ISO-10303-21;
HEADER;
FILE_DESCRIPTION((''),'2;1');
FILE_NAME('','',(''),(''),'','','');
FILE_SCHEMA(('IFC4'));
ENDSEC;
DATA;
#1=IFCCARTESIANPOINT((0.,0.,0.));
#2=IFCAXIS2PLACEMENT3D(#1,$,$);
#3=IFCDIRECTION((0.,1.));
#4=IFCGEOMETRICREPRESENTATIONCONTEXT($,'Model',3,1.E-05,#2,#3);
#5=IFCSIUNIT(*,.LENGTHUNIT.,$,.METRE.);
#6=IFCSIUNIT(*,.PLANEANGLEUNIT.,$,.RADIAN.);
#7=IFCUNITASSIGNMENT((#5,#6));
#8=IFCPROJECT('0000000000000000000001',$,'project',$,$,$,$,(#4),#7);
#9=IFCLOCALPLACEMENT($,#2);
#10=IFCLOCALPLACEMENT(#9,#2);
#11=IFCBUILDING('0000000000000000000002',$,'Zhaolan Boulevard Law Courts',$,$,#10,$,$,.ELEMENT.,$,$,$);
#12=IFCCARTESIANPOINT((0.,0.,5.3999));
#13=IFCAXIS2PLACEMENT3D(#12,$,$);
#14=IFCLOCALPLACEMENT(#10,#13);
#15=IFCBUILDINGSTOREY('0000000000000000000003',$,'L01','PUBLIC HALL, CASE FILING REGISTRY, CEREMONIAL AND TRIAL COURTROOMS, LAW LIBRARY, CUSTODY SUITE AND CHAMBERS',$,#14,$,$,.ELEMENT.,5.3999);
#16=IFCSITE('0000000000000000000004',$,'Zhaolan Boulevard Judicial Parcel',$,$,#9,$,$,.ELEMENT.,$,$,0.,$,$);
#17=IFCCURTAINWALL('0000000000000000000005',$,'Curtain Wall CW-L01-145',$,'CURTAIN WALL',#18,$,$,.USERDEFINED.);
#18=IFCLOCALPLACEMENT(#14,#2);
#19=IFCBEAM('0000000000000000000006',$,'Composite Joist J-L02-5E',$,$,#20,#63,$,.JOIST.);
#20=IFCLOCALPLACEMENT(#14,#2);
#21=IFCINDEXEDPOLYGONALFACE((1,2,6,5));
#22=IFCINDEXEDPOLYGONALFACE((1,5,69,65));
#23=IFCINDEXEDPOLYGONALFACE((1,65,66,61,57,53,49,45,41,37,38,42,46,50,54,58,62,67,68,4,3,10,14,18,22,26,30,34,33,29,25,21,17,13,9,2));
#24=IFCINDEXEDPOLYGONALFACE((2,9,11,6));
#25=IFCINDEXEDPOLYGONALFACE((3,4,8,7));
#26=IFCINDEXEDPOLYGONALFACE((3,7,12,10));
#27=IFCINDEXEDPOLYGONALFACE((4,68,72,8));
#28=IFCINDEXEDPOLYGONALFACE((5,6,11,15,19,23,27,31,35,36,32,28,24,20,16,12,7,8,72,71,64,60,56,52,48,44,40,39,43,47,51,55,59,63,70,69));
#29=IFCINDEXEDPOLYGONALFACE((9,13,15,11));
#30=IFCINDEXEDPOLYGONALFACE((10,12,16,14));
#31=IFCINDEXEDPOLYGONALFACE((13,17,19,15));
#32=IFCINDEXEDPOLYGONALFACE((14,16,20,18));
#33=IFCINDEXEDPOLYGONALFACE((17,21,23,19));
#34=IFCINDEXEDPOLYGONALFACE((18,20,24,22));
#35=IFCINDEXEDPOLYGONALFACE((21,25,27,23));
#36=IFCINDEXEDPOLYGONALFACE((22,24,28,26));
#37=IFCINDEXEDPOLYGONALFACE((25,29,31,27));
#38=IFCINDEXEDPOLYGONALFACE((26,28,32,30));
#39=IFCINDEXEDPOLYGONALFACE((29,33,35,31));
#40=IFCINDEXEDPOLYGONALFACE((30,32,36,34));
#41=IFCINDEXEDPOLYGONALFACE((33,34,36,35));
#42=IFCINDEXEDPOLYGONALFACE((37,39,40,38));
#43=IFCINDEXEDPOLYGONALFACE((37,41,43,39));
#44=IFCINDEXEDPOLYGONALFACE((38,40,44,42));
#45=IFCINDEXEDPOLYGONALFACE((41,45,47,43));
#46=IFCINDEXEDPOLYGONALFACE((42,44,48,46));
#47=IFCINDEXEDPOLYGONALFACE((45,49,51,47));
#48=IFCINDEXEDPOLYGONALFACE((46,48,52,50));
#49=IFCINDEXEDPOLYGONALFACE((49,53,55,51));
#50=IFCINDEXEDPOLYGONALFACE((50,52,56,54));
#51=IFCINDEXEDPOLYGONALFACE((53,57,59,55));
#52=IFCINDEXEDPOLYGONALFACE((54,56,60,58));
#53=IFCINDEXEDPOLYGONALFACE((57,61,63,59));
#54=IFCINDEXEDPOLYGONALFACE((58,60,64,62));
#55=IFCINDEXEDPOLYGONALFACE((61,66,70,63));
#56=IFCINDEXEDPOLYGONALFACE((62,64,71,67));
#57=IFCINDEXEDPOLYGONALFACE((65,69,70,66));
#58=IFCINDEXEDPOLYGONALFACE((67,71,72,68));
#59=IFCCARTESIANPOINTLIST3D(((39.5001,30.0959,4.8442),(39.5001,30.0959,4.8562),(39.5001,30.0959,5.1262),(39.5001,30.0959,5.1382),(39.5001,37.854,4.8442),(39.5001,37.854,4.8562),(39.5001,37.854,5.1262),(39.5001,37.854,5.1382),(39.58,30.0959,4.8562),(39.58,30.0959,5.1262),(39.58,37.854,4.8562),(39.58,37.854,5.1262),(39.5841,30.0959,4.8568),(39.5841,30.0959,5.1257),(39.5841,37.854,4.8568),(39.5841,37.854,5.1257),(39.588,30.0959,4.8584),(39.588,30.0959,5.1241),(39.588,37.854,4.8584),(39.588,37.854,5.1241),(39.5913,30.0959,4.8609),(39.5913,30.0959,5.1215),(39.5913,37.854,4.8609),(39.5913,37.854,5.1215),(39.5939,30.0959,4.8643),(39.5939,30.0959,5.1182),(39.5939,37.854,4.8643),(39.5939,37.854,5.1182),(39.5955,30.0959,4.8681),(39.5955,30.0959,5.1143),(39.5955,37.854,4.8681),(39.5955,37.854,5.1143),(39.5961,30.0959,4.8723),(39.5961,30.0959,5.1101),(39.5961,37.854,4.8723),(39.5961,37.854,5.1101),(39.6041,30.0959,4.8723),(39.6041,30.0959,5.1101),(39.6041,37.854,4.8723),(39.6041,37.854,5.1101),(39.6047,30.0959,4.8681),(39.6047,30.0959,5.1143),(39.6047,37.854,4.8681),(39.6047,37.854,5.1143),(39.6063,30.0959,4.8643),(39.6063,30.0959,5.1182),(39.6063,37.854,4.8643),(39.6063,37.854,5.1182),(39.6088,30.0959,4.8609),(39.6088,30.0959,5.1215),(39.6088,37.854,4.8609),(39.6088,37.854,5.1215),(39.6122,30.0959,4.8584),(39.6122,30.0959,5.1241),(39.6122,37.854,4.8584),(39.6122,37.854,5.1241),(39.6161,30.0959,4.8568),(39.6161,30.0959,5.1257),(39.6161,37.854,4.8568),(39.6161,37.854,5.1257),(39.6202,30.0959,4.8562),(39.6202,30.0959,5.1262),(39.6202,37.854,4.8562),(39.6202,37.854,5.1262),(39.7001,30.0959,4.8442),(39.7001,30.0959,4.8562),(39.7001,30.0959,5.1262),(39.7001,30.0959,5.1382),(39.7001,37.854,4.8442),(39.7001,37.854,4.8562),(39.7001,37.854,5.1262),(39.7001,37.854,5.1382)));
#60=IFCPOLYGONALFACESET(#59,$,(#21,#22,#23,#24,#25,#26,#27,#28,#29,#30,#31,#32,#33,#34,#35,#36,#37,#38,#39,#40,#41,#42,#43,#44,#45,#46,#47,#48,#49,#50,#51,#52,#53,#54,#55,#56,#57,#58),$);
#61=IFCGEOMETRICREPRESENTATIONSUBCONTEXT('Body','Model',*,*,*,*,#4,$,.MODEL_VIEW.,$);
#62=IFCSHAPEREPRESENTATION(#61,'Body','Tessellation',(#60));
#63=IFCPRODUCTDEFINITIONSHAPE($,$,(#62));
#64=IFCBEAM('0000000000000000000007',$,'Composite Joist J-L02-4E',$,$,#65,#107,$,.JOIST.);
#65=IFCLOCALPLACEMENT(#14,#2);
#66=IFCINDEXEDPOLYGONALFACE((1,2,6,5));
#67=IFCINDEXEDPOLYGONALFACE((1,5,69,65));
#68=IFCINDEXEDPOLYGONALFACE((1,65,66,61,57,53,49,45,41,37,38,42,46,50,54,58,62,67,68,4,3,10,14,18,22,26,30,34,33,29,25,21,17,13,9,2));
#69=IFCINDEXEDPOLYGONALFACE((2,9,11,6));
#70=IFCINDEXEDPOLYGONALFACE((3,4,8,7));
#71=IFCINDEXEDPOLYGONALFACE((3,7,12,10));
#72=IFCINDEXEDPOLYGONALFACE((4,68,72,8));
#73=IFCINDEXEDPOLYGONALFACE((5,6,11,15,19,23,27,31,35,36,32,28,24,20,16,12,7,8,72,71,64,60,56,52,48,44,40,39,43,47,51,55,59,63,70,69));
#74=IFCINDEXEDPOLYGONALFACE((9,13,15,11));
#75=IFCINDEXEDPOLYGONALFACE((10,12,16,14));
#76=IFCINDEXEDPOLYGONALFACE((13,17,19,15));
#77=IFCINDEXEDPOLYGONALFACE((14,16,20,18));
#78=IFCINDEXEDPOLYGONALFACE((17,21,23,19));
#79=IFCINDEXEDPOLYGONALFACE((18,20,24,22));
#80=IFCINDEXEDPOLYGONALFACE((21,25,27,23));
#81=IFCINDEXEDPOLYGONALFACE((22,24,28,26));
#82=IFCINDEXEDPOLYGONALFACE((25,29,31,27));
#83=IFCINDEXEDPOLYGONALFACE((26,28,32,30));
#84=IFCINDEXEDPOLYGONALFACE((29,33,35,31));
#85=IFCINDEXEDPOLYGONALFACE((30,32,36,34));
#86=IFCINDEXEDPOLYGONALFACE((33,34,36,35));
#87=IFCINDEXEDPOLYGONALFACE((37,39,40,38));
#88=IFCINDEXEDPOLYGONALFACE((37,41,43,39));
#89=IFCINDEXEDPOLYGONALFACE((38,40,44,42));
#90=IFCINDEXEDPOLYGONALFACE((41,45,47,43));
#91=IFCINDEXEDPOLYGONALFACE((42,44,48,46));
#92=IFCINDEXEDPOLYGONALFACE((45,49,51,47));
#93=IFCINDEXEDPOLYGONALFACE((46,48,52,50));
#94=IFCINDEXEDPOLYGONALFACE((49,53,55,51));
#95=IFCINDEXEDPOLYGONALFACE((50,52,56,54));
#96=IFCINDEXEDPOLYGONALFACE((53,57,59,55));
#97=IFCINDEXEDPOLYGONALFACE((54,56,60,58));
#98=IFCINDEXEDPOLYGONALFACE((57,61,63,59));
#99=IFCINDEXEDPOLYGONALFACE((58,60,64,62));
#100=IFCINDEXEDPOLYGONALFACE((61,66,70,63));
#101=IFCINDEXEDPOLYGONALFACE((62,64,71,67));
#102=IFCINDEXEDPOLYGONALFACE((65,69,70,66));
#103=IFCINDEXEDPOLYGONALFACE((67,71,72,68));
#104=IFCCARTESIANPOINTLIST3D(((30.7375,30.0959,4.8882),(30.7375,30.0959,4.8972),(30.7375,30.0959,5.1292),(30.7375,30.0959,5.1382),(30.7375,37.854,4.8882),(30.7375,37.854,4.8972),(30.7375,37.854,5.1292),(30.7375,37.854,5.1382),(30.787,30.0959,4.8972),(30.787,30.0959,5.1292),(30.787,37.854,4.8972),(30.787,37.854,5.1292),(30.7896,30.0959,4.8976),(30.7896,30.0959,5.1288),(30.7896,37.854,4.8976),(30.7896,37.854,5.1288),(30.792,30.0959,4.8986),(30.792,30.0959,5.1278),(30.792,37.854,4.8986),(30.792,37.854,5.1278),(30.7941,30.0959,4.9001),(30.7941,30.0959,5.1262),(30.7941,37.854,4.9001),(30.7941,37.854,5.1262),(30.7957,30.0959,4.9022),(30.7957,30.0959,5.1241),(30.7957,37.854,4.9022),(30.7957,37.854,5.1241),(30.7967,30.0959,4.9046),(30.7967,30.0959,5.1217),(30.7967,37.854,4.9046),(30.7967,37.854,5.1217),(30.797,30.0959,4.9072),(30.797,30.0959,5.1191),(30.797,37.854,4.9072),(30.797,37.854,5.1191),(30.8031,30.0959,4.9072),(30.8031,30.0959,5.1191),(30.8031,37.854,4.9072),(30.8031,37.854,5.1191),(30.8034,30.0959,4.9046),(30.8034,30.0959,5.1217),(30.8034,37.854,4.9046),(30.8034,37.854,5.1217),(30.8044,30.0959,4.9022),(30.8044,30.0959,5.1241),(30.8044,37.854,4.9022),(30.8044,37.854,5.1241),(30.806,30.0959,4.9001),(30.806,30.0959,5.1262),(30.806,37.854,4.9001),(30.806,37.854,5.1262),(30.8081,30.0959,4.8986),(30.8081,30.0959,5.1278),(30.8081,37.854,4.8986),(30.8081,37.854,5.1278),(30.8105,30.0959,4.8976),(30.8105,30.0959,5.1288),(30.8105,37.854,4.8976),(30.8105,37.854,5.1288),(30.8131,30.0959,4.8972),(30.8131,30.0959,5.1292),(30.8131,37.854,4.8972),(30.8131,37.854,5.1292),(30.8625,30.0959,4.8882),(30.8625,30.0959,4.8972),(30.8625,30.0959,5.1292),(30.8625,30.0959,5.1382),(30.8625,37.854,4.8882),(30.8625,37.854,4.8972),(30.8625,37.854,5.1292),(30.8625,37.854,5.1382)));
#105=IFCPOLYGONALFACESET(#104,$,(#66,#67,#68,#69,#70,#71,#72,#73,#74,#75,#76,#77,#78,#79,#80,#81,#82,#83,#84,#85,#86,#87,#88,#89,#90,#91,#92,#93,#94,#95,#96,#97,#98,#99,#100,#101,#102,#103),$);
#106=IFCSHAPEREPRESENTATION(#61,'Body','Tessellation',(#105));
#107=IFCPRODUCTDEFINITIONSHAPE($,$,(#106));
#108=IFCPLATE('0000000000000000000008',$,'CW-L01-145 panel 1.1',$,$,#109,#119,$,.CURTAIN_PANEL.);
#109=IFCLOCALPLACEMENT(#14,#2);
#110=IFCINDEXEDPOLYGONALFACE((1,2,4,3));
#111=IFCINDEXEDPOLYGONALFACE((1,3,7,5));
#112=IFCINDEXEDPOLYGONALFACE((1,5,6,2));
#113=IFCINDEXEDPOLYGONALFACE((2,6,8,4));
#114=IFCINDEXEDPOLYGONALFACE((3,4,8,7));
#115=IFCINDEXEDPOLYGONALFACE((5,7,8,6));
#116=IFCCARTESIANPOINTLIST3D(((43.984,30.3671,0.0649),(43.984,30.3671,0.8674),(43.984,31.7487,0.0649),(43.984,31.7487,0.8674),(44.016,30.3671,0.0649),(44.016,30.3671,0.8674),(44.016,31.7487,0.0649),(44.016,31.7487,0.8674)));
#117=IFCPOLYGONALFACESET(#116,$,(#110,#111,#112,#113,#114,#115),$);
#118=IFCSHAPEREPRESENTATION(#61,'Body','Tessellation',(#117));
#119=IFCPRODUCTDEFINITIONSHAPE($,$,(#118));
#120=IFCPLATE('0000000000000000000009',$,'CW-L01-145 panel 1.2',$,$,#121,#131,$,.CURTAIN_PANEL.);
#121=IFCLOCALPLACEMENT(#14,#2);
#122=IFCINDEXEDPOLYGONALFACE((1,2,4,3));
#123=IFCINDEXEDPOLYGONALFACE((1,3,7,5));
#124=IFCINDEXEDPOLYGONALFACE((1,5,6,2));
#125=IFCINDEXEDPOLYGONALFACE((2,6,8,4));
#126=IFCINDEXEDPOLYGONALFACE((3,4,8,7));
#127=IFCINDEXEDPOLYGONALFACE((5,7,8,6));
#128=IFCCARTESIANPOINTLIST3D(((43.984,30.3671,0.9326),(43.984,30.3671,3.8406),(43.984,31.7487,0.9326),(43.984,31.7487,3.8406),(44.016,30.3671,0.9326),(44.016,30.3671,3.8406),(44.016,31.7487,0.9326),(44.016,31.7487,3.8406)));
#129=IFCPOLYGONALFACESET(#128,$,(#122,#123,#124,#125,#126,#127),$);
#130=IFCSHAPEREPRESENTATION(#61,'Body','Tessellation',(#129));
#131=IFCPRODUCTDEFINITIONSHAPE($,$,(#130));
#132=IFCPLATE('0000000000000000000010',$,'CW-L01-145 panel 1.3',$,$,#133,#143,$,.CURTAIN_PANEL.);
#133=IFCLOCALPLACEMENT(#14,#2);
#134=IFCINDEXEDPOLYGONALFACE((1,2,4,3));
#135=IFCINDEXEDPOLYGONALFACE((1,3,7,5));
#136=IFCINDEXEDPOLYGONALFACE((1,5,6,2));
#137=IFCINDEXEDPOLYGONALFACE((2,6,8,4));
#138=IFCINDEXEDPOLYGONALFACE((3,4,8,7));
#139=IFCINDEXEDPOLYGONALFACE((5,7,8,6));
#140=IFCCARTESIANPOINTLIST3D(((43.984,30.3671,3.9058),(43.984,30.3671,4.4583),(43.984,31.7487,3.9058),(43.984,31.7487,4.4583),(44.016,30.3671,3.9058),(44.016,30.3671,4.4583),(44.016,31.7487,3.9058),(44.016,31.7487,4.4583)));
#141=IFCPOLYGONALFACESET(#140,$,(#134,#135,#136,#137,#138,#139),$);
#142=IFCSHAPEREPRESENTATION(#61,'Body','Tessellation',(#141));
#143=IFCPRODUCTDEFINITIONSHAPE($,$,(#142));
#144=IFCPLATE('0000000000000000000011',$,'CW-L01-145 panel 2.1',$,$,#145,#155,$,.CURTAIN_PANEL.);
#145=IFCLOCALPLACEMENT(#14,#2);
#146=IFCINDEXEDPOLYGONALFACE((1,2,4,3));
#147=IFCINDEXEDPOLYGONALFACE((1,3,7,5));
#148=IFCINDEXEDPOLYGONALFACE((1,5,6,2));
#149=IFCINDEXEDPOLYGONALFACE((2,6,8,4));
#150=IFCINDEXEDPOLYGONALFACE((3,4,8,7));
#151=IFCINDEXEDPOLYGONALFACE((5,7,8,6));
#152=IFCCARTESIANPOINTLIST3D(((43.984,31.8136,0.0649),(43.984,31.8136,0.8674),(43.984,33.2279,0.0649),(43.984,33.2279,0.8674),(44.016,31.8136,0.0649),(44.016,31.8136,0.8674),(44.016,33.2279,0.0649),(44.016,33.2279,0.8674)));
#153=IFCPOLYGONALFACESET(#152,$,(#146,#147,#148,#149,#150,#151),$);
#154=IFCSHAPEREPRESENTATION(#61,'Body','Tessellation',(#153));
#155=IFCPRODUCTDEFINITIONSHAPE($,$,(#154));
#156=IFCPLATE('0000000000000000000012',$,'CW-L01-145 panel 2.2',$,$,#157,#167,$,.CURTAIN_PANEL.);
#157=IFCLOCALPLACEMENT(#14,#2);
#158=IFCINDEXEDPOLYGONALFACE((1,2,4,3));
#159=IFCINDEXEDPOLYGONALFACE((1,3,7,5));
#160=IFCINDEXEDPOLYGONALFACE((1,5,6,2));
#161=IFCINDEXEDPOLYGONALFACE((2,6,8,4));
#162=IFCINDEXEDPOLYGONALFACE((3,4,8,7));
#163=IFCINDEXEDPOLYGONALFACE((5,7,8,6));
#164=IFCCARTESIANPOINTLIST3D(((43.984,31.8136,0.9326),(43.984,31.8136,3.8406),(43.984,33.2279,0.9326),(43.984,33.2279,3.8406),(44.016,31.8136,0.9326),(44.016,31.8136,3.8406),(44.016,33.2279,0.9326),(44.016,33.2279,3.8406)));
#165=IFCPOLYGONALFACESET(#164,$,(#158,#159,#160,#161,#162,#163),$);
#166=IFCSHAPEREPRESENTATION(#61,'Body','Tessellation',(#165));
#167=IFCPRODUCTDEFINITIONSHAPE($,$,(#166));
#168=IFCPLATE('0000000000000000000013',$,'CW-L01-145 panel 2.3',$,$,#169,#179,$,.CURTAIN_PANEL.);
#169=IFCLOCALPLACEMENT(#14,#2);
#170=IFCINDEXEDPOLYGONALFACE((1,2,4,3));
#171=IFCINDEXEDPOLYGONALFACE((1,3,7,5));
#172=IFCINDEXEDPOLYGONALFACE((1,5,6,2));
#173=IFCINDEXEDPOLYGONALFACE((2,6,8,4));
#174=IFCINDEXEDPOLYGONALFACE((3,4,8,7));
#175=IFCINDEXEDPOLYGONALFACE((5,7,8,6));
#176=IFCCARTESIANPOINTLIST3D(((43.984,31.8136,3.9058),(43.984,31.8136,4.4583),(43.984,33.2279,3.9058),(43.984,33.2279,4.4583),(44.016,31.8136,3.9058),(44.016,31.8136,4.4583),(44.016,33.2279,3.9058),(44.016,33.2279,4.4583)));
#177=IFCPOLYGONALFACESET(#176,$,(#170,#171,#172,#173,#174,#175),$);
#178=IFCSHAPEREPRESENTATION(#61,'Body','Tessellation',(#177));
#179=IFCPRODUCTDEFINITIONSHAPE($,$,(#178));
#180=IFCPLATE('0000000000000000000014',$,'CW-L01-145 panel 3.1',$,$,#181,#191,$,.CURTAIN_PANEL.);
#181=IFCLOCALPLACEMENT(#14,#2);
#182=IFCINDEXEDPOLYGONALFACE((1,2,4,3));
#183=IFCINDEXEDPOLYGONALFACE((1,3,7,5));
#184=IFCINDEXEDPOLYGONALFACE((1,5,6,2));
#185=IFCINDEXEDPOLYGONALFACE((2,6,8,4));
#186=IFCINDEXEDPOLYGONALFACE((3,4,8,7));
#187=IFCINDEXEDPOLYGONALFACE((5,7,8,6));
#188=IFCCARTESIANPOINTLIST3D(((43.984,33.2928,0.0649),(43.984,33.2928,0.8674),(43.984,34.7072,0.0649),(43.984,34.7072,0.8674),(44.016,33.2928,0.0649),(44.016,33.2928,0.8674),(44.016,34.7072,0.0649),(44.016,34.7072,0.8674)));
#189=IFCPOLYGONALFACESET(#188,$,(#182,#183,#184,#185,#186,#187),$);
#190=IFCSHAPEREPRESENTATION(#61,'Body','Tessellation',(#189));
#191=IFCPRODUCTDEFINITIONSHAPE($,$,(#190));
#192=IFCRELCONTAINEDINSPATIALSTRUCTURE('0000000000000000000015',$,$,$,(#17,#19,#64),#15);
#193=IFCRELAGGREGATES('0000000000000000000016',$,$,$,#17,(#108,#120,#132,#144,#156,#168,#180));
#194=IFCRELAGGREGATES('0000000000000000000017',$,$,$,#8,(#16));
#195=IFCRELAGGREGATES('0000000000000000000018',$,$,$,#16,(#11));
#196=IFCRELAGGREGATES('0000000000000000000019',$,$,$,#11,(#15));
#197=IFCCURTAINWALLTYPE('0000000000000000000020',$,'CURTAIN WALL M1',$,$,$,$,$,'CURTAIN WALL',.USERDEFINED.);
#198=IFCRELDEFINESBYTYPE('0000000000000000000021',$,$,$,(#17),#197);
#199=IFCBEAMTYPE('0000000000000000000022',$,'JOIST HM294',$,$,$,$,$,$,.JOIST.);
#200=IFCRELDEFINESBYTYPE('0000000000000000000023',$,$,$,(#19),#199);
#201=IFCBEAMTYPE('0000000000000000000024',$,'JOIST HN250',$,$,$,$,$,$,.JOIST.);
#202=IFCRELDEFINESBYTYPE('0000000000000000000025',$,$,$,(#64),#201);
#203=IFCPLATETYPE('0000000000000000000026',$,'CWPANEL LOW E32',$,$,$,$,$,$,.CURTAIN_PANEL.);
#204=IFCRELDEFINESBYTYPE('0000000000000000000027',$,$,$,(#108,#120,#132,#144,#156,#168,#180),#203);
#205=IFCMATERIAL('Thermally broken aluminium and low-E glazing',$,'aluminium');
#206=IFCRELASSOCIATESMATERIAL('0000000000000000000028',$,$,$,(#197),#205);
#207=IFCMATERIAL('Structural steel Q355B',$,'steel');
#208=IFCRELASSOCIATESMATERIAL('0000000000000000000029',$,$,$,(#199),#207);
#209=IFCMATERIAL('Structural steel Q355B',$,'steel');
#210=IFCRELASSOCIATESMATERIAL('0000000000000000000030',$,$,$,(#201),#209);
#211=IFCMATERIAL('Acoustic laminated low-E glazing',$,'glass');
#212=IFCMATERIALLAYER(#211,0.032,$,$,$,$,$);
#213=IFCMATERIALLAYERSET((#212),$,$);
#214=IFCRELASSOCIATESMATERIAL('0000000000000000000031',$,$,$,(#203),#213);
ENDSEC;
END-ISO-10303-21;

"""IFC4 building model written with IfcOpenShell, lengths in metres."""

from ifc_helpers import new_model, si_unit, direction, frame, origin, origin_2d, place, context, subcontext, project, spatial, rectangle, i_section, extrude, material, layer, layer_set, material_profile, profile_set, type_object, element, aggregate, save


model = new_model("IFC4")

# Units and contexts
model_context = context("Model", 3, precision=1e-05, world=origin(), true_north=direction((0.0, 1.0)))
body_context = subcontext(model_context, "Body", "Model", "MODEL_VIEW")
ifc_project = project(units=[si_unit("LENGTHUNIT", "METRE"), si_unit("PLANEANGLEUNIT", "RADIAN")], contexts=[model_context])

# Site, building, storey
site_placement = place(None, origin())
site = spatial("IfcSite", under=ifc_project, at=site_placement, Name="Zhaolan Boulevard Judicial Parcel", CompositionType="ELEMENT", RefElevation=0.0)
building_placement = place(site_placement, origin())
building = spatial("IfcBuilding", under=site, at=building_placement, Name="Zhaolan Boulevard Law Courts", CompositionType="ELEMENT")
storey_placement = place(building_placement, frame((0.0, 0.0, 5.3999)))
storey = spatial("IfcBuildingStorey", under=building, at=storey_placement, Name="L01", Description="PUBLIC HALL, CASE FILING REGISTRY, CEREMONIAL AND TRIAL COURTROOMS, LAW LIBRARY, CUSTODY SUITE AND CHAMBERS", CompositionType="ELEMENT", Elevation=5.3999)

# Curtain wall
ifc_material_1 = material(Name="Thermally broken aluminium and low-E glazing", Category="aluminium")
curtain_wall_type = type_object("IfcCurtainWallType", Name="CURTAIN WALL M1", ElementType="CURTAIN WALL", PredefinedType="USERDEFINED", material=ifc_material_1)
curtain_wall_placement = place(storey_placement, origin())
curtain_wall = element("IfcCurtainWall", 1, at=curtain_wall_placement, inside=storey, type_object=curtain_wall_type, Name="Curtain Wall CW-L01-145", ObjectType="CURTAIN WALL", PredefinedType="USERDEFINED")

# Beams
ifc_material_2 = material(Name="Structural steel Q355B", Category="steel")
ifc_material_profile_1 = material_profile(ifc_material_2, i_section(OverallWidth=0.2, OverallDepth=0.2939, WebThickness=0.0081, FlangeThickness=0.012, FilletRadius=0.0161, at=origin_2d()), Name="HM294x200")
ifc_profile_set_1 = profile_set([ifc_material_profile_1], Name="Structural steel Q355B")
beam_type_1 = type_object("IfcBeamType", Name="JOIST HM294", PredefinedType="JOIST", material=ifc_profile_set_1)
beam_1_placement = place(storey_placement, frame((39.6001, 30.0959, 4.9912), z_axis=(0.0, 1.0, 0.0), x_axis=(-1.0, 0.0, 0.0)))
element("IfcBeam", 2, at=beam_1_placement, inside=storey, type_object=beam_type_1, Name="Composite Joist J-L02-5E", PredefinedType="JOIST", context=body_context, shape_type="SweptSolid", body=[
    extrude(i_section(OverallWidth=0.2, OverallDepth=0.2939, WebThickness=0.0081, FlangeThickness=0.012, FilletRadius=0.0161, at=origin_2d()), origin(), (0.0, 0.0, 1.0), 7.7581),
])
ifc_material_3 = material(Name="Structural steel Q355B", Category="steel")
ifc_material_profile_2 = material_profile(ifc_material_3, i_section(OverallWidth=0.125, OverallDepth=0.25, WebThickness=0.0061, FlangeThickness=0.009, FilletRadius=0.01, at=origin_2d()), Name="HN250x125")
ifc_profile_set_2 = profile_set([ifc_material_profile_2], Name="Structural steel Q355B")
beam_type_2 = type_object("IfcBeamType", Name="JOIST HN250", PredefinedType="JOIST", material=ifc_profile_set_2)
beam_2_placement = place(storey_placement, frame((30.8, 30.0959, 5.0132), z_axis=(0.0, 1.0, 0.0), x_axis=(-1.0, 0.0, 0.0)))
element("IfcBeam", 3, at=beam_2_placement, inside=storey, type_object=beam_type_2, Name="Composite Joist J-L02-4E", PredefinedType="JOIST", context=body_context, shape_type="SweptSolid", body=[
    extrude(i_section(OverallWidth=0.125, OverallDepth=0.25, WebThickness=0.0061, FlangeThickness=0.009, FilletRadius=0.01, at=origin_2d()), origin(), (0.0, 0.0, 1.0), 7.7581),
])

# Plates
ifc_material_4 = material(Name="Acoustic laminated low-E glazing", Category="glass")
ifc_layer = layer(ifc_material_4, 0.032)
ifc_layer_set = layer_set([ifc_layer])
plate_type = type_object("IfcPlateType", Name="CWPANEL LOW E32", PredefinedType="CURTAIN_PANEL", material=ifc_layer_set)
plate_1_placement = place(storey_placement, frame((44.0, 31.0579, 0.0649), z_axis=(0.0, 0.0, 1.0), x_axis=(0.0, 1.0, 0.0)))
plate_1 = element("IfcPlate", 4, at=plate_1_placement, type_object=plate_type, Name="CW-L01-145 panel 1.1", PredefinedType="CURTAIN_PANEL", context=body_context, shape_type="SweptSolid", body=[
    extrude(rectangle(XDim=1.3816, YDim=0.032, at=origin_2d()), origin(), (0.0, 0.0, 1.0), 0.8025),
])
plate_2_placement = place(storey_placement, frame((44.0, 31.0579, 0.9326), z_axis=(0.0, 0.0, 1.0), x_axis=(0.0, 1.0, 0.0)))
plate_2 = element("IfcPlate", 5, at=plate_2_placement, type_object=plate_type, Name="CW-L01-145 panel 1.2", PredefinedType="CURTAIN_PANEL", context=body_context, shape_type="SweptSolid", body=[
    extrude(rectangle(XDim=1.3816, YDim=0.032, at=origin_2d()), origin(), (0.0, 0.0, 1.0), 2.908),
])
plate_3_placement = place(storey_placement, frame((44.0, 31.0579, 3.9058), z_axis=(0.0, 0.0, 1.0), x_axis=(0.0, 1.0, 0.0)))
plate_3 = element("IfcPlate", 6, at=plate_3_placement, type_object=plate_type, Name="CW-L01-145 panel 1.3", PredefinedType="CURTAIN_PANEL", context=body_context, shape_type="SweptSolid", body=[
    extrude(rectangle(XDim=1.3816, YDim=0.032, at=origin_2d()), origin(), (0.0, 0.0, 1.0), 0.5525),
])
plate_4_placement = place(storey_placement, frame((44.0, 32.5208, 0.0649), z_axis=(0.0, 0.0, 1.0), x_axis=(0.0, 1.0, 0.0)))
plate_4 = element("IfcPlate", 7, at=plate_4_placement, type_object=plate_type, Name="CW-L01-145 panel 2.1", PredefinedType="CURTAIN_PANEL", context=body_context, shape_type="SweptSolid", body=[
    extrude(rectangle(XDim=1.4143, YDim=0.032, at=origin_2d()), origin(), (0.0, 0.0, 1.0), 0.8025),
])
plate_5_placement = place(storey_placement, frame((44.0, 32.5208, 0.9326), z_axis=(0.0, 0.0, 1.0), x_axis=(0.0, 1.0, 0.0)))
plate_5 = element("IfcPlate", 8, at=plate_5_placement, type_object=plate_type, Name="CW-L01-145 panel 2.2", PredefinedType="CURTAIN_PANEL", context=body_context, shape_type="SweptSolid", body=[
    extrude(rectangle(XDim=1.4143, YDim=0.032, at=origin_2d()), origin(), (0.0, 0.0, 1.0), 2.908),
])
plate_6_placement = place(storey_placement, frame((44.0, 32.5208, 3.9058), z_axis=(0.0, 0.0, 1.0), x_axis=(0.0, 1.0, 0.0)))
plate_6 = element("IfcPlate", 9, at=plate_6_placement, type_object=plate_type, Name="CW-L01-145 panel 2.3", PredefinedType="CURTAIN_PANEL", context=body_context, shape_type="SweptSolid", body=[
    extrude(rectangle(XDim=1.4143, YDim=0.032, at=origin_2d()), origin(), (0.0, 0.0, 1.0), 0.5525),
])
plate_7_placement = place(storey_placement, frame((44.0, 34.0, 0.0649), z_axis=(0.0, 0.0, 1.0), x_axis=(0.0, 1.0, 0.0)))
plate_7 = element("IfcPlate", 10, at=plate_7_placement, type_object=plate_type, Name="CW-L01-145 panel 3.1", PredefinedType="CURTAIN_PANEL", context=body_context, shape_type="SweptSolid", body=[
    extrude(rectangle(XDim=1.4143, YDim=0.032, at=origin_2d()), origin(), (0.0, 0.0, 1.0), 0.8025),
])
aggregate(curtain_wall, [plate_1, plate_2, plate_3, plate_4, plate_5, plate_6, plate_7])

save(model, "model.ifc")
